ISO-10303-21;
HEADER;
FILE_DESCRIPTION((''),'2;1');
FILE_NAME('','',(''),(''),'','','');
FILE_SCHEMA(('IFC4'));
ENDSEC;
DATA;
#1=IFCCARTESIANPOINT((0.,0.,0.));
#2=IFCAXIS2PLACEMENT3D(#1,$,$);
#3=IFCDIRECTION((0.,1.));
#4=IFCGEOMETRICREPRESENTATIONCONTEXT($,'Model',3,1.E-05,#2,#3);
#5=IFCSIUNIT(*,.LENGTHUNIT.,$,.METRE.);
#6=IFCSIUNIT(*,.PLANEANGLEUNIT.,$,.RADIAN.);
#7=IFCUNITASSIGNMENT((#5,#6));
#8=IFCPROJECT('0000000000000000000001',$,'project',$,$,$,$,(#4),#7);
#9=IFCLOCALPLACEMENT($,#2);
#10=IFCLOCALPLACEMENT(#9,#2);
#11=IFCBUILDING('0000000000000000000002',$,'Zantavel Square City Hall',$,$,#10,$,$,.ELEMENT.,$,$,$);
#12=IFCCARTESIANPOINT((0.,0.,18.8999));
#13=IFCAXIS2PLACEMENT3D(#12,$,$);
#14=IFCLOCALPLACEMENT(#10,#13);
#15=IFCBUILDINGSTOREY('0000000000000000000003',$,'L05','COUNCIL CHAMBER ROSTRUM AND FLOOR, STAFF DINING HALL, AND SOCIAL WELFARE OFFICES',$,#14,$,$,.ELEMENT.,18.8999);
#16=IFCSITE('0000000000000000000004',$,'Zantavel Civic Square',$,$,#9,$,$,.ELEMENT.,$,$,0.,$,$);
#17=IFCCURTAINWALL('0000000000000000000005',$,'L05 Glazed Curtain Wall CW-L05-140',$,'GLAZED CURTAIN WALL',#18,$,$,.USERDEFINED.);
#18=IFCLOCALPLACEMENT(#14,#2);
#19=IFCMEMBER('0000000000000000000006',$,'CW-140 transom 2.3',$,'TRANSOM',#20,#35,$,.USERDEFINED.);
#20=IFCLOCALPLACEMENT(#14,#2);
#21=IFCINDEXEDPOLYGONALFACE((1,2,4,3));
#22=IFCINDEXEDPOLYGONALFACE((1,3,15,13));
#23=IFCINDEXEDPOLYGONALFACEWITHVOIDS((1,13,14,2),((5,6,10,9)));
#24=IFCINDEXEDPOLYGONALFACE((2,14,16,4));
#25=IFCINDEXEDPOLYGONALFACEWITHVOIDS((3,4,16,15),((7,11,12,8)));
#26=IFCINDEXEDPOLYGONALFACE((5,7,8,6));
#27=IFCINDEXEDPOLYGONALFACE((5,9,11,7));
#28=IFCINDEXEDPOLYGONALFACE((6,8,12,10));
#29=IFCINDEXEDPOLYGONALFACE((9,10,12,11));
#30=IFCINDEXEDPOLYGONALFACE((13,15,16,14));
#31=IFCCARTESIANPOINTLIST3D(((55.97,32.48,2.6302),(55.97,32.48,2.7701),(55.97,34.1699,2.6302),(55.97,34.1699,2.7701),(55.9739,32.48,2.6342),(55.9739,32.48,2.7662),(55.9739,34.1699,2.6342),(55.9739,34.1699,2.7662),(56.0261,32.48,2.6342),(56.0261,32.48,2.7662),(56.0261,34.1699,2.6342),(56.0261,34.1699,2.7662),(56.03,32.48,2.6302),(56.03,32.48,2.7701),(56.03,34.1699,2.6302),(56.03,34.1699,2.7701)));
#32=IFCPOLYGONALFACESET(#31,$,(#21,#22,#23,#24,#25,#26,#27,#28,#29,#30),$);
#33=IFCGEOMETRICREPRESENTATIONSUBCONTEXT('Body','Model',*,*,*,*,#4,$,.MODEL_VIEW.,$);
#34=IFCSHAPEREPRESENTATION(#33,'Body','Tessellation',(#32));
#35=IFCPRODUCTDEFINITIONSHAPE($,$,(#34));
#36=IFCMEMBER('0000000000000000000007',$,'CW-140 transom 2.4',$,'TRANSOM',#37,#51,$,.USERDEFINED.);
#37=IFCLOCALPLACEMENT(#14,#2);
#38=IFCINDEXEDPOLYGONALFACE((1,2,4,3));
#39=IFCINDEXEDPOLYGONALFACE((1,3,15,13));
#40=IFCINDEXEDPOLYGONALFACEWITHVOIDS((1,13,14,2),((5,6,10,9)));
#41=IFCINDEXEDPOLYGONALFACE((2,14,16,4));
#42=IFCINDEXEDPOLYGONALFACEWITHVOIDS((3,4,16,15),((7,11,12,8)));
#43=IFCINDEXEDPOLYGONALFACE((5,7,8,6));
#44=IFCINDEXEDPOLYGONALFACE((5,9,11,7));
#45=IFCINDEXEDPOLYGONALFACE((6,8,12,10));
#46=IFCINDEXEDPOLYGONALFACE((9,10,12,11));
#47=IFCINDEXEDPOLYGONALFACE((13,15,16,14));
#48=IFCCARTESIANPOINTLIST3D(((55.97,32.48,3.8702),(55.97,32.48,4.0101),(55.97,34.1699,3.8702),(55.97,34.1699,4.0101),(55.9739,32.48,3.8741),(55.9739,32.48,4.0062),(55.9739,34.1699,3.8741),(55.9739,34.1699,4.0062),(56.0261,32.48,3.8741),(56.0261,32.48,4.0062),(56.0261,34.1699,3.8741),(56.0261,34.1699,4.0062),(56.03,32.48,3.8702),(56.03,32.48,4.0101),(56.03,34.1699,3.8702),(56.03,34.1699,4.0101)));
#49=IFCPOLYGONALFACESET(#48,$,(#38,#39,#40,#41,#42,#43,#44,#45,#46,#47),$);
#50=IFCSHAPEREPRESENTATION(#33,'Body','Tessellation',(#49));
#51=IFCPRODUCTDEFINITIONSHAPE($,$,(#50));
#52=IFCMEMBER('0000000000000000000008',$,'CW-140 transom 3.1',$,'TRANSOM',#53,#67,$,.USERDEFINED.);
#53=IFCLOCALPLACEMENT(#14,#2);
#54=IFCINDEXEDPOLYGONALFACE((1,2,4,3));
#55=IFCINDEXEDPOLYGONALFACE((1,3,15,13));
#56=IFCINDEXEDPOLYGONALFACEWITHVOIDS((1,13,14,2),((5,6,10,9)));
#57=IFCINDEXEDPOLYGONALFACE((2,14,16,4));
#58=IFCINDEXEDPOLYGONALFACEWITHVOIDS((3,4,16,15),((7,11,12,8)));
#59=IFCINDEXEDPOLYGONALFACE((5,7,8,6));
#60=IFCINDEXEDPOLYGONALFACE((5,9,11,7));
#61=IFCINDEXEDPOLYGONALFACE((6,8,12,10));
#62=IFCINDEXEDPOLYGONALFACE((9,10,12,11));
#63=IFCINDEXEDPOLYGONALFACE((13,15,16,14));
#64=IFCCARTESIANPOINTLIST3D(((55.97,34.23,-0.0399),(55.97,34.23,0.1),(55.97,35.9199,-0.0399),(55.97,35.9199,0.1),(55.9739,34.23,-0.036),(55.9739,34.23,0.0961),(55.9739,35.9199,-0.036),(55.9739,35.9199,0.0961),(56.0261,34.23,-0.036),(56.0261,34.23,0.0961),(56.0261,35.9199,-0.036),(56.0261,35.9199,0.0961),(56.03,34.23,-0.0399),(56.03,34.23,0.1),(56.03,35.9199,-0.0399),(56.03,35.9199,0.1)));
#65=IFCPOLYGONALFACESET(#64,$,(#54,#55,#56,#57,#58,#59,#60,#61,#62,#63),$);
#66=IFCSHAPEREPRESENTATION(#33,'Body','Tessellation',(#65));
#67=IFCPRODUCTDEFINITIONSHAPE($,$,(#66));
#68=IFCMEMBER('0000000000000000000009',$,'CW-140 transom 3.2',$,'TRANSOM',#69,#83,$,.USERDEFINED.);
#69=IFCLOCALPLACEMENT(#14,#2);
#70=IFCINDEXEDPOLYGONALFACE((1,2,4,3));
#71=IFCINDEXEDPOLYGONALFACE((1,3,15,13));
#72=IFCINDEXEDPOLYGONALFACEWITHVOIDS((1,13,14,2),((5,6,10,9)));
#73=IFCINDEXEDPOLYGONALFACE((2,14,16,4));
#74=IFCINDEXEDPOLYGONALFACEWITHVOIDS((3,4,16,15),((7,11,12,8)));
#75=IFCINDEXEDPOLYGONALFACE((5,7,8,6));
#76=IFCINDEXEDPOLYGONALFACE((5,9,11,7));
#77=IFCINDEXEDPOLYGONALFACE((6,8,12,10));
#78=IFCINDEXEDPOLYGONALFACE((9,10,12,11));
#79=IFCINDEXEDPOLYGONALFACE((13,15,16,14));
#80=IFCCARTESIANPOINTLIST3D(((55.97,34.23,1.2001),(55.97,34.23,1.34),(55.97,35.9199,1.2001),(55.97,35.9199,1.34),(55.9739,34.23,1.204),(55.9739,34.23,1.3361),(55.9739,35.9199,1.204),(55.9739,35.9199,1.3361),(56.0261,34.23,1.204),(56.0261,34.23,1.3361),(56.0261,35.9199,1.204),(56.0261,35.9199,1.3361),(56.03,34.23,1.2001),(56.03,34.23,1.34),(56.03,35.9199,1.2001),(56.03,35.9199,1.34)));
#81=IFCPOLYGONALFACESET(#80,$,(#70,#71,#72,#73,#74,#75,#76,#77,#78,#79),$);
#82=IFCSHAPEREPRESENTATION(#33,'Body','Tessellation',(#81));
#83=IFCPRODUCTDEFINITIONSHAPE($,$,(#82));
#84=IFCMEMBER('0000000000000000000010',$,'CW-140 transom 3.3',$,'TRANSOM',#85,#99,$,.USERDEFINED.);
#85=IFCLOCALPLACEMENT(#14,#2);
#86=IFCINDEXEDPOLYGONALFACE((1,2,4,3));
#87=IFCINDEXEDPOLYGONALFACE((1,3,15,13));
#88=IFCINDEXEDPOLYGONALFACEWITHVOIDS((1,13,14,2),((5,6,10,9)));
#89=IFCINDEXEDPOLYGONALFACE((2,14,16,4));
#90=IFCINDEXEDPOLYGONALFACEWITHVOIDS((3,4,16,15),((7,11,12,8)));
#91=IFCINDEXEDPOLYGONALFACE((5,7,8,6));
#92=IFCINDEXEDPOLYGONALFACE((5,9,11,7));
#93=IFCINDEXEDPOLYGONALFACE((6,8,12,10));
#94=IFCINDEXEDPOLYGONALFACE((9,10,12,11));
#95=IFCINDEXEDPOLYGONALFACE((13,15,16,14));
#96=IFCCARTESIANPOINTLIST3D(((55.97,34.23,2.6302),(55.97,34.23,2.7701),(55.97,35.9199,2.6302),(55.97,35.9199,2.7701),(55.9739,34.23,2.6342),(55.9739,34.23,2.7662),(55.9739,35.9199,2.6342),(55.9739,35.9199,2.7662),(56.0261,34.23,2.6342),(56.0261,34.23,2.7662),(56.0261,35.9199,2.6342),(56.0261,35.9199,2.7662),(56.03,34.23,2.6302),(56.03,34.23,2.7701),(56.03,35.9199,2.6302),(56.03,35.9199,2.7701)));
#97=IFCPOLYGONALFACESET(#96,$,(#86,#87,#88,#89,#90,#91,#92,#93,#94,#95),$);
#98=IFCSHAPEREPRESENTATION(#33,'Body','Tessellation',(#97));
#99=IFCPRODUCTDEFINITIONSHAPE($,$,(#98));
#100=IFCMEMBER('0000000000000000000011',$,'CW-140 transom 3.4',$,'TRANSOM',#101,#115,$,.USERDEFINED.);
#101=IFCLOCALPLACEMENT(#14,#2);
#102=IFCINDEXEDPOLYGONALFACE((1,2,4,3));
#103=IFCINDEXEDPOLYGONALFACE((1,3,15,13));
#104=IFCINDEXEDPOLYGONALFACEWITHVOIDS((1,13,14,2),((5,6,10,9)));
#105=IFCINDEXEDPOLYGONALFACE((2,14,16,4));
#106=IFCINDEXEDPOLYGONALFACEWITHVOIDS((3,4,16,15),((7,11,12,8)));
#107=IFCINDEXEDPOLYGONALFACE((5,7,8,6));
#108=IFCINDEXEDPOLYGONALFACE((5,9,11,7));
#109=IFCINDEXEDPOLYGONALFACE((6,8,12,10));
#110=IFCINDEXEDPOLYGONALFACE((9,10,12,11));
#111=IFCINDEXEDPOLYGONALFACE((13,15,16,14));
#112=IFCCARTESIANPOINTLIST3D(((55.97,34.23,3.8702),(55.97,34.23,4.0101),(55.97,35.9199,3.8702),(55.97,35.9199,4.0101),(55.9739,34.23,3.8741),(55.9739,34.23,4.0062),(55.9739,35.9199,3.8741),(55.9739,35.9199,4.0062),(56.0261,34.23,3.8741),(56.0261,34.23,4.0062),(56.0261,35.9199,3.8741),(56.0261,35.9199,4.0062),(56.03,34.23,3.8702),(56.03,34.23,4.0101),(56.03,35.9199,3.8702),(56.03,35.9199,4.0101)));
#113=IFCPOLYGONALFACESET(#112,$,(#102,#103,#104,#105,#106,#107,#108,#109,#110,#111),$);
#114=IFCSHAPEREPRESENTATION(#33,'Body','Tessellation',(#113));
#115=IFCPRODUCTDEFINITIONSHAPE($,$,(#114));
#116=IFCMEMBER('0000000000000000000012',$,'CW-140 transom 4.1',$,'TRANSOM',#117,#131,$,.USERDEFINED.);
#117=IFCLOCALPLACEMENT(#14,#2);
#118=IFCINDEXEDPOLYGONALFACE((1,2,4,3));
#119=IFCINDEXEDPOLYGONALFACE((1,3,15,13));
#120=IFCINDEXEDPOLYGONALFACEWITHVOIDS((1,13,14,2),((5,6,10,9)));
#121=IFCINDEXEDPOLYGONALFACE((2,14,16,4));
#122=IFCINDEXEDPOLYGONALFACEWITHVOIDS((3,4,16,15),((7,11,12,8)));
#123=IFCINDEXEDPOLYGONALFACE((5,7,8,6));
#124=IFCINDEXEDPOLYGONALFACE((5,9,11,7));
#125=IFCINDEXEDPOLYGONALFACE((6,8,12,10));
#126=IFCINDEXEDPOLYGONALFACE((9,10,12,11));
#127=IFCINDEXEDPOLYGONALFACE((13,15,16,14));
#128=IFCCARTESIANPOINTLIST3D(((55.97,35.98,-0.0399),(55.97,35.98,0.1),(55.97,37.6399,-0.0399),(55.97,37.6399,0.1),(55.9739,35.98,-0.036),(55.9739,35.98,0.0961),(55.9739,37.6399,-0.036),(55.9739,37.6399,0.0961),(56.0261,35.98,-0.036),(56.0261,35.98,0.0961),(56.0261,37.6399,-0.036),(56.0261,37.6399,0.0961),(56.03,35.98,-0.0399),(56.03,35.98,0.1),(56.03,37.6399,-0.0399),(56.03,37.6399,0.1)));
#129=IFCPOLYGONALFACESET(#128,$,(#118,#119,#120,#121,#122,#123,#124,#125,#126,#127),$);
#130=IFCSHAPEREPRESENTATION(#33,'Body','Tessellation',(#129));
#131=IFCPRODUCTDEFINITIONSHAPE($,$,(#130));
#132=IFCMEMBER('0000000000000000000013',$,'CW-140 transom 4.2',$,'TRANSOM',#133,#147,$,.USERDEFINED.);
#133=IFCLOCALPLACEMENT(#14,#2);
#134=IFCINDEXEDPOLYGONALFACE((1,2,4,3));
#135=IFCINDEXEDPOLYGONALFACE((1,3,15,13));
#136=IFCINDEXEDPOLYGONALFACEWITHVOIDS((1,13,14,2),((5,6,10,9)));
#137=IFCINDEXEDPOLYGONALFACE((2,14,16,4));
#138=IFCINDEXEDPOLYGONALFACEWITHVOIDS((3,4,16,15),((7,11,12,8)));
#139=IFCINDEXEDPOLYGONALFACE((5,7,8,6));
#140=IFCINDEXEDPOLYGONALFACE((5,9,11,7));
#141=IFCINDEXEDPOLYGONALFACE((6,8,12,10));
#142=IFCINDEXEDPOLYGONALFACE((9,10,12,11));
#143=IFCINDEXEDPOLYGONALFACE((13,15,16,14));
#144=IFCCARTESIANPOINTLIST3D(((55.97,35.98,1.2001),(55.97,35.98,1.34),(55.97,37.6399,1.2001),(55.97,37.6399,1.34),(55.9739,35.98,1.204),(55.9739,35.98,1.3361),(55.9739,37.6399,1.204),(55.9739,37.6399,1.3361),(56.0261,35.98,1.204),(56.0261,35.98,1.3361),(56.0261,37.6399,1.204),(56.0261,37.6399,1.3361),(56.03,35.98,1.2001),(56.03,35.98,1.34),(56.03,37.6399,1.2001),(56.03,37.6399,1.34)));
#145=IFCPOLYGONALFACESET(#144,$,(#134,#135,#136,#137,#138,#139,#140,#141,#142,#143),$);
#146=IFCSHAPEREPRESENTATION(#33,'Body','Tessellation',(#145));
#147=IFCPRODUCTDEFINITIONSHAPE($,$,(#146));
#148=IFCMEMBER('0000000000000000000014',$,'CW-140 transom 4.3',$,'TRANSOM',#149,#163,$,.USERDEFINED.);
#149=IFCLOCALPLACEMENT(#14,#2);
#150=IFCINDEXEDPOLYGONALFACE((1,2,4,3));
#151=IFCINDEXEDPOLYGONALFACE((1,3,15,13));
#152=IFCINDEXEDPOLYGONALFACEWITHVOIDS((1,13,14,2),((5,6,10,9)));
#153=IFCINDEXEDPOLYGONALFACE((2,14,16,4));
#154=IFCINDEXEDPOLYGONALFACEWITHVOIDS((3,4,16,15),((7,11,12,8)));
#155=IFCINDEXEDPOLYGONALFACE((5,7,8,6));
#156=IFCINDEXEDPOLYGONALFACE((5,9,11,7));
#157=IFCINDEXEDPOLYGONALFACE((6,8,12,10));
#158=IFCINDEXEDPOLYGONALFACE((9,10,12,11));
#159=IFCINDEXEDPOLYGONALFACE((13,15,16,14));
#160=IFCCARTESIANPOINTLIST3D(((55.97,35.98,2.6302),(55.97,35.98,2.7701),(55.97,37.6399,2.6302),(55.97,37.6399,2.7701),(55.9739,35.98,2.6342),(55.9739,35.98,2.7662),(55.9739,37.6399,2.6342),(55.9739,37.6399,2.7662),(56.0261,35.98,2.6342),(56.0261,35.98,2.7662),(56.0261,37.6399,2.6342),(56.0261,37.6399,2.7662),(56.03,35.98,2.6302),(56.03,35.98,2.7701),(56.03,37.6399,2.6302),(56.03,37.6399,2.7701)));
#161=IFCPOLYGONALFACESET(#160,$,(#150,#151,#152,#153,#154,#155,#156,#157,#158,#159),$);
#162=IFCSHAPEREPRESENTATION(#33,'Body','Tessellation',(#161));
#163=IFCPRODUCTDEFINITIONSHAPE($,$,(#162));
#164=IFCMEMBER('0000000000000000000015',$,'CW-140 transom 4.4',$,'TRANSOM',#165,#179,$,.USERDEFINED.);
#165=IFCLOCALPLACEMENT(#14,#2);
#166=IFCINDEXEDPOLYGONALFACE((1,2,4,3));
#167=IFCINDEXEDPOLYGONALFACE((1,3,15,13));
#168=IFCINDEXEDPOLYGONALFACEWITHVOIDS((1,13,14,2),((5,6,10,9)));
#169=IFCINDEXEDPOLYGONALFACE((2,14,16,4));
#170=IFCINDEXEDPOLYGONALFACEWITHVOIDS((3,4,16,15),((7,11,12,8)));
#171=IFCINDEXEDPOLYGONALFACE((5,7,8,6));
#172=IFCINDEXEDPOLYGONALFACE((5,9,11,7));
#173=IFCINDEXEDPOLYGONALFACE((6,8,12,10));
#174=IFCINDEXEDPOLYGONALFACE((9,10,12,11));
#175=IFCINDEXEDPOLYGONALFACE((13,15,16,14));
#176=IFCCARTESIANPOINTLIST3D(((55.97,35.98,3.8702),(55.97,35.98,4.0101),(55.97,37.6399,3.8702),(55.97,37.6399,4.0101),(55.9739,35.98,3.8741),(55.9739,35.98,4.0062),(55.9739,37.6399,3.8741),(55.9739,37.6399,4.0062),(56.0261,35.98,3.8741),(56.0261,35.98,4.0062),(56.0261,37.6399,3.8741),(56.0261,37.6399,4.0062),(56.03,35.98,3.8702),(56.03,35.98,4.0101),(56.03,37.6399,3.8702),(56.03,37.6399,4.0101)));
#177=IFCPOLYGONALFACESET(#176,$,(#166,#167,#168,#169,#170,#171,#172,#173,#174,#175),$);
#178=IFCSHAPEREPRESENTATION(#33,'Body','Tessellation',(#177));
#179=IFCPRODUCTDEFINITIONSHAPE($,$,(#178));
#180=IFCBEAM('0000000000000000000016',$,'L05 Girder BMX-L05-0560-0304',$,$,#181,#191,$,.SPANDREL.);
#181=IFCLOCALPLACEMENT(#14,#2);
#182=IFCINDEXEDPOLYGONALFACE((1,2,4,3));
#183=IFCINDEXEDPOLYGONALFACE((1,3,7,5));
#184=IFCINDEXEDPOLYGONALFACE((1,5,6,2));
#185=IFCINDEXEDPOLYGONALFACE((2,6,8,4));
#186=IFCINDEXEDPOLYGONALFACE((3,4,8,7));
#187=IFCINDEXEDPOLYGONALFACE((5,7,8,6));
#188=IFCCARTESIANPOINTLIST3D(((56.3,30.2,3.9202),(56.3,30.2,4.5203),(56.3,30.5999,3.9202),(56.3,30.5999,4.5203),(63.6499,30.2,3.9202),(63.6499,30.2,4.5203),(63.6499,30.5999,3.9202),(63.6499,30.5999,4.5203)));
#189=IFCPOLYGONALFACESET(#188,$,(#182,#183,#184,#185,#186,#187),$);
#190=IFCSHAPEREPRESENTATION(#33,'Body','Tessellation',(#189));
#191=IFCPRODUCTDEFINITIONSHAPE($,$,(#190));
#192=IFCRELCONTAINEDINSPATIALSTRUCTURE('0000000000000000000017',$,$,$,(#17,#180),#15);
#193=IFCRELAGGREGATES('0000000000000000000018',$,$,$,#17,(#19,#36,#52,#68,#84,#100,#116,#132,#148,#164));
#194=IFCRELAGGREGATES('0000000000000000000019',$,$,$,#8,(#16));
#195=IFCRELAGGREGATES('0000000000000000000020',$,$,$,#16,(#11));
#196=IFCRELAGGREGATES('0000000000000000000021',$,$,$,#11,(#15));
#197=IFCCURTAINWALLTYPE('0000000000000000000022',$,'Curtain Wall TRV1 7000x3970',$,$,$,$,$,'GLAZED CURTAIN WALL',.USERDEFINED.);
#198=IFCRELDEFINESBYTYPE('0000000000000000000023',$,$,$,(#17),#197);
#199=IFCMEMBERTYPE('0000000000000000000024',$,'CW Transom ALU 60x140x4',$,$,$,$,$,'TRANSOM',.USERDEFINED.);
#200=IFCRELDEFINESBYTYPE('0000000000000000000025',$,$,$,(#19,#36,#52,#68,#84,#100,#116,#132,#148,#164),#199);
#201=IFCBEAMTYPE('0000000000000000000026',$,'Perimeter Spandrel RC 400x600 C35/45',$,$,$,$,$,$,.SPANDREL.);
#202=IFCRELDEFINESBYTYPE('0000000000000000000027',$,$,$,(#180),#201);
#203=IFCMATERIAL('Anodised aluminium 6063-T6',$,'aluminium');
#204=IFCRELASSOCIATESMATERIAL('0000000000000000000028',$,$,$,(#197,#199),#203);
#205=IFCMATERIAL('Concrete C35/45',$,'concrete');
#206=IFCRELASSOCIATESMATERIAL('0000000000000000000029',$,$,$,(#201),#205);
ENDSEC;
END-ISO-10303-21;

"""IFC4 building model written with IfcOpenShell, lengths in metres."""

from ifc_helpers import new_model, si_unit, direction, frame, origin, origin_2d, place, context, subcontext, project, spatial, rectangle, hollow_rectangle, extrude, material, material_profile, profile_set, type_object, element, aggregate, save


model = new_model("IFC4")

# Units and contexts
model_context = context("Model", 3, precision=1e-05, world=origin(), true_north=direction((0.0, 1.0)))
body_context = subcontext(model_context, "Body", "Model", "MODEL_VIEW")
ifc_project = project(units=[si_unit("LENGTHUNIT", "METRE"), si_unit("PLANEANGLEUNIT", "RADIAN")], contexts=[model_context])

# Site, building, storey
site_placement = place(None, origin())
site = spatial("IfcSite", under=ifc_project, at=site_placement, Name="Zantavel Civic Square", CompositionType="ELEMENT", RefElevation=0.0)
building_placement = place(site_placement, origin())
building = spatial("IfcBuilding", under=site, at=building_placement, Name="Zantavel Square City Hall", CompositionType="ELEMENT")
storey_placement = place(building_placement, frame((0.0, 0.0, 18.8999)))
storey = spatial("IfcBuildingStorey", under=building, at=storey_placement, Name="L05", Description="COUNCIL CHAMBER ROSTRUM AND FLOOR, STAFF DINING HALL, AND SOCIAL WELFARE OFFICES", CompositionType="ELEMENT", Elevation=18.8999)

# Curtain wall, members
ifc_material_1 = material(Name="Anodised aluminium 6063-T6", Category="aluminium")
curtain_wall_type = type_object("IfcCurtainWallType", Name="Curtain Wall TRV1 7000x3970", ElementType="GLAZED CURTAIN WALL", PredefinedType="USERDEFINED", material=ifc_material_1)
curtain_wall_placement = place(storey_placement, origin())
curtain_wall = element("IfcCurtainWall", 1, at=curtain_wall_placement, inside=storey, type_object=curtain_wall_type, Name="L05 Glazed Curtain Wall CW-L05-140", ObjectType="GLAZED CURTAIN WALL", PredefinedType="USERDEFINED")
ifc_material_profile_1 = material_profile(ifc_material_1, hollow_rectangle(XDim=0.0601, YDim=0.1399, WallThickness=0.0039, at=origin_2d()), Name="ALU 60x140x4")
ifc_profile_set_1 = profile_set([ifc_material_profile_1], Name="Anodised aluminium 6063-T6")
member_type_1 = type_object("IfcMemberType", Name="CW Transom ALU 60x140x4", ElementType="TRANSOM", PredefinedType="USERDEFINED", material=ifc_profile_set_1)
member_1_placement = place(storey_placement, frame((56.0, 32.48, 2.7002), z_axis=(0.0, 1.0, 0.0), x_axis=(-1.0, 0.0, 0.0)))
member_1 = element("IfcMember", 2, at=member_1_placement, type_object=member_type_1, Name="CW-140 transom 2.3", ObjectType="TRANSOM", PredefinedType="USERDEFINED", context=body_context, shape_type="SweptSolid", body=[
    extrude(hollow_rectangle(XDim=0.0601, YDim=0.1399, WallThickness=0.0039, at=origin_2d()), origin(), (0.0, 0.0, 1.0), 1.6899),
])
member_2_placement = place(storey_placement, frame((56.0, 32.48, 3.9402), z_axis=(0.0, 1.0, 0.0), x_axis=(-1.0, 0.0, 0.0)))
member_2 = element("IfcMember", 3, at=member_2_placement, type_object=member_type_1, Name="CW-140 transom 2.4", ObjectType="TRANSOM", PredefinedType="USERDEFINED", context=body_context, shape_type="SweptSolid", body=[
    extrude(hollow_rectangle(XDim=0.0601, YDim=0.1399, WallThickness=0.0039, at=origin_2d()), origin(), (0.0, 0.0, 1.0), 1.6899),
])
member_3_placement = place(storey_placement, frame((56.0, 34.23, 0.03), z_axis=(0.0, 1.0, 0.0), x_axis=(-1.0, 0.0, 0.0)))
member_3 = element("IfcMember", 4, at=member_3_placement, type_object=member_type_1, Name="CW-140 transom 3.1", ObjectType="TRANSOM", PredefinedType="USERDEFINED", context=body_context, shape_type="SweptSolid", body=[
    extrude(hollow_rectangle(XDim=0.0601, YDim=0.1399, WallThickness=0.0039, at=origin_2d()), origin(), (0.0, 0.0, 1.0), 1.6899),
])
member_4_placement = place(storey_placement, frame((56.0, 34.23, 1.27), z_axis=(0.0, 1.0, 0.0), x_axis=(-1.0, 0.0, 0.0)))
member_4 = element("IfcMember", 5, at=member_4_placement, type_object=member_type_1, Name="CW-140 transom 3.2", ObjectType="TRANSOM", PredefinedType="USERDEFINED", context=body_context, shape_type="SweptSolid", body=[
    extrude(hollow_rectangle(XDim=0.0601, YDim=0.1399, WallThickness=0.0039, at=origin_2d()), origin(), (0.0, 0.0, 1.0), 1.6899),
])
member_5_placement = place(storey_placement, frame((56.0, 34.23, 2.7002), z_axis=(0.0, 1.0, 0.0), x_axis=(-1.0, 0.0, 0.0)))
member_5 = element("IfcMember", 6, at=member_5_placement, type_object=member_type_1, Name="CW-140 transom 3.3", ObjectType="TRANSOM", PredefinedType="USERDEFINED", context=body_context, shape_type="SweptSolid", body=[
    extrude(hollow_rectangle(XDim=0.0601, YDim=0.1399, WallThickness=0.0039, at=origin_2d()), origin(), (0.0, 0.0, 1.0), 1.6899),
])
member_6_placement = place(storey_placement, frame((56.0, 34.23, 3.9402), z_axis=(0.0, 1.0, 0.0), x_axis=(-1.0, 0.0, 0.0)))
member_6 = element("IfcMember", 7, at=member_6_placement, type_object=member_type_1, Name="CW-140 transom 3.4", ObjectType="TRANSOM", PredefinedType="USERDEFINED", context=body_context, shape_type="SweptSolid", body=[
    extrude(hollow_rectangle(XDim=0.0601, YDim=0.1399, WallThickness=0.0039, at=origin_2d()), origin(), (0.0, 0.0, 1.0), 1.6899),
])
member_7_placement = place(storey_placement, frame((56.0, 35.98, 0.03), z_axis=(0.0, 1.0, 0.0), x_axis=(-1.0, 0.0, 0.0)))
member_7 = element("IfcMember", 8, at=member_7_placement, type_object=member_type_1, Name="CW-140 transom 4.1", ObjectType="TRANSOM", PredefinedType="USERDEFINED", context=body_context, shape_type="SweptSolid", body=[
    extrude(hollow_rectangle(XDim=0.0601, YDim=0.1399, WallThickness=0.0039, at=origin_2d()), origin(), (0.0, 0.0, 1.0), 1.6599),
])
member_8_placement = place(storey_placement, frame((56.0, 35.98, 1.27), z_axis=(0.0, 1.0, 0.0), x_axis=(-1.0, 0.0, 0.0)))
member_8 = element("IfcMember", 9, at=member_8_placement, type_object=member_type_1, Name="CW-140 transom 4.2", ObjectType="TRANSOM", PredefinedType="USERDEFINED", context=body_context, shape_type="SweptSolid", body=[
    extrude(hollow_rectangle(XDim=0.0601, YDim=0.1399, WallThickness=0.0039, at=origin_2d()), origin(), (0.0, 0.0, 1.0), 1.6599),
])
member_9_placement = place(storey_placement, frame((56.0, 35.98, 2.7002), z_axis=(0.0, 1.0, 0.0), x_axis=(-1.0, 0.0, 0.0)))
member_9 = element("IfcMember", 10, at=member_9_placement, type_object=member_type_1, Name="CW-140 transom 4.3", ObjectType="TRANSOM", PredefinedType="USERDEFINED", context=body_context, shape_type="SweptSolid", body=[
    extrude(hollow_rectangle(XDim=0.0601, YDim=0.1399, WallThickness=0.0039, at=origin_2d()), origin(), (0.0, 0.0, 1.0), 1.6599),
])
member_10_placement = place(storey_placement, frame((56.0, 35.98, 3.9402), z_axis=(0.0, 1.0, 0.0), x_axis=(-1.0, 0.0, 0.0)))
member_10 = element("IfcMember", 11, at=member_10_placement, type_object=member_type_1, Name="CW-140 transom 4.4", ObjectType="TRANSOM", PredefinedType="USERDEFINED", context=body_context, shape_type="SweptSolid", body=[
    extrude(hollow_rectangle(XDim=0.0601, YDim=0.1399, WallThickness=0.0039, at=origin_2d()), origin(), (0.0, 0.0, 1.0), 1.6599),
])

# Beam
ifc_material_2 = material(Name="Concrete C35/45", Category="concrete")
ifc_material_profile_2 = material_profile(ifc_material_2, rectangle(XDim=0.3999, YDim=0.6001, at=origin_2d()), Name="RC 400x600")
ifc_profile_set_2 = profile_set([ifc_material_profile_2], Name="Concrete C35/45")
beam_type_1 = type_object("IfcBeamType", Name="Perimeter Spandrel RC 400x600 C35/45", PredefinedType="SPANDREL", material=ifc_profile_set_2)
beam_1_placement = place(storey_placement, frame((56.3, 30.3999, 4.2202), z_axis=(1.0, 0.0, 0.0), x_axis=(0.0, 1.0, 0.0)))
element("IfcBeam", 12, at=beam_1_placement, inside=storey, type_object=beam_type_1, Name="L05 Girder BMX-L05-0560-0304", PredefinedType="SPANDREL", context=body_context, shape_type="SweptSolid", body=[
    extrude(rectangle(XDim=0.3999, YDim=0.6001, at=origin_2d()), origin(), (0.0, 0.0, 1.0), 7.3499),
])

aggregate(curtain_wall, [member_1, member_2, member_3, member_4, member_5, member_6, member_7, member_8, member_9, member_10])

save(model, "model.ifc")
